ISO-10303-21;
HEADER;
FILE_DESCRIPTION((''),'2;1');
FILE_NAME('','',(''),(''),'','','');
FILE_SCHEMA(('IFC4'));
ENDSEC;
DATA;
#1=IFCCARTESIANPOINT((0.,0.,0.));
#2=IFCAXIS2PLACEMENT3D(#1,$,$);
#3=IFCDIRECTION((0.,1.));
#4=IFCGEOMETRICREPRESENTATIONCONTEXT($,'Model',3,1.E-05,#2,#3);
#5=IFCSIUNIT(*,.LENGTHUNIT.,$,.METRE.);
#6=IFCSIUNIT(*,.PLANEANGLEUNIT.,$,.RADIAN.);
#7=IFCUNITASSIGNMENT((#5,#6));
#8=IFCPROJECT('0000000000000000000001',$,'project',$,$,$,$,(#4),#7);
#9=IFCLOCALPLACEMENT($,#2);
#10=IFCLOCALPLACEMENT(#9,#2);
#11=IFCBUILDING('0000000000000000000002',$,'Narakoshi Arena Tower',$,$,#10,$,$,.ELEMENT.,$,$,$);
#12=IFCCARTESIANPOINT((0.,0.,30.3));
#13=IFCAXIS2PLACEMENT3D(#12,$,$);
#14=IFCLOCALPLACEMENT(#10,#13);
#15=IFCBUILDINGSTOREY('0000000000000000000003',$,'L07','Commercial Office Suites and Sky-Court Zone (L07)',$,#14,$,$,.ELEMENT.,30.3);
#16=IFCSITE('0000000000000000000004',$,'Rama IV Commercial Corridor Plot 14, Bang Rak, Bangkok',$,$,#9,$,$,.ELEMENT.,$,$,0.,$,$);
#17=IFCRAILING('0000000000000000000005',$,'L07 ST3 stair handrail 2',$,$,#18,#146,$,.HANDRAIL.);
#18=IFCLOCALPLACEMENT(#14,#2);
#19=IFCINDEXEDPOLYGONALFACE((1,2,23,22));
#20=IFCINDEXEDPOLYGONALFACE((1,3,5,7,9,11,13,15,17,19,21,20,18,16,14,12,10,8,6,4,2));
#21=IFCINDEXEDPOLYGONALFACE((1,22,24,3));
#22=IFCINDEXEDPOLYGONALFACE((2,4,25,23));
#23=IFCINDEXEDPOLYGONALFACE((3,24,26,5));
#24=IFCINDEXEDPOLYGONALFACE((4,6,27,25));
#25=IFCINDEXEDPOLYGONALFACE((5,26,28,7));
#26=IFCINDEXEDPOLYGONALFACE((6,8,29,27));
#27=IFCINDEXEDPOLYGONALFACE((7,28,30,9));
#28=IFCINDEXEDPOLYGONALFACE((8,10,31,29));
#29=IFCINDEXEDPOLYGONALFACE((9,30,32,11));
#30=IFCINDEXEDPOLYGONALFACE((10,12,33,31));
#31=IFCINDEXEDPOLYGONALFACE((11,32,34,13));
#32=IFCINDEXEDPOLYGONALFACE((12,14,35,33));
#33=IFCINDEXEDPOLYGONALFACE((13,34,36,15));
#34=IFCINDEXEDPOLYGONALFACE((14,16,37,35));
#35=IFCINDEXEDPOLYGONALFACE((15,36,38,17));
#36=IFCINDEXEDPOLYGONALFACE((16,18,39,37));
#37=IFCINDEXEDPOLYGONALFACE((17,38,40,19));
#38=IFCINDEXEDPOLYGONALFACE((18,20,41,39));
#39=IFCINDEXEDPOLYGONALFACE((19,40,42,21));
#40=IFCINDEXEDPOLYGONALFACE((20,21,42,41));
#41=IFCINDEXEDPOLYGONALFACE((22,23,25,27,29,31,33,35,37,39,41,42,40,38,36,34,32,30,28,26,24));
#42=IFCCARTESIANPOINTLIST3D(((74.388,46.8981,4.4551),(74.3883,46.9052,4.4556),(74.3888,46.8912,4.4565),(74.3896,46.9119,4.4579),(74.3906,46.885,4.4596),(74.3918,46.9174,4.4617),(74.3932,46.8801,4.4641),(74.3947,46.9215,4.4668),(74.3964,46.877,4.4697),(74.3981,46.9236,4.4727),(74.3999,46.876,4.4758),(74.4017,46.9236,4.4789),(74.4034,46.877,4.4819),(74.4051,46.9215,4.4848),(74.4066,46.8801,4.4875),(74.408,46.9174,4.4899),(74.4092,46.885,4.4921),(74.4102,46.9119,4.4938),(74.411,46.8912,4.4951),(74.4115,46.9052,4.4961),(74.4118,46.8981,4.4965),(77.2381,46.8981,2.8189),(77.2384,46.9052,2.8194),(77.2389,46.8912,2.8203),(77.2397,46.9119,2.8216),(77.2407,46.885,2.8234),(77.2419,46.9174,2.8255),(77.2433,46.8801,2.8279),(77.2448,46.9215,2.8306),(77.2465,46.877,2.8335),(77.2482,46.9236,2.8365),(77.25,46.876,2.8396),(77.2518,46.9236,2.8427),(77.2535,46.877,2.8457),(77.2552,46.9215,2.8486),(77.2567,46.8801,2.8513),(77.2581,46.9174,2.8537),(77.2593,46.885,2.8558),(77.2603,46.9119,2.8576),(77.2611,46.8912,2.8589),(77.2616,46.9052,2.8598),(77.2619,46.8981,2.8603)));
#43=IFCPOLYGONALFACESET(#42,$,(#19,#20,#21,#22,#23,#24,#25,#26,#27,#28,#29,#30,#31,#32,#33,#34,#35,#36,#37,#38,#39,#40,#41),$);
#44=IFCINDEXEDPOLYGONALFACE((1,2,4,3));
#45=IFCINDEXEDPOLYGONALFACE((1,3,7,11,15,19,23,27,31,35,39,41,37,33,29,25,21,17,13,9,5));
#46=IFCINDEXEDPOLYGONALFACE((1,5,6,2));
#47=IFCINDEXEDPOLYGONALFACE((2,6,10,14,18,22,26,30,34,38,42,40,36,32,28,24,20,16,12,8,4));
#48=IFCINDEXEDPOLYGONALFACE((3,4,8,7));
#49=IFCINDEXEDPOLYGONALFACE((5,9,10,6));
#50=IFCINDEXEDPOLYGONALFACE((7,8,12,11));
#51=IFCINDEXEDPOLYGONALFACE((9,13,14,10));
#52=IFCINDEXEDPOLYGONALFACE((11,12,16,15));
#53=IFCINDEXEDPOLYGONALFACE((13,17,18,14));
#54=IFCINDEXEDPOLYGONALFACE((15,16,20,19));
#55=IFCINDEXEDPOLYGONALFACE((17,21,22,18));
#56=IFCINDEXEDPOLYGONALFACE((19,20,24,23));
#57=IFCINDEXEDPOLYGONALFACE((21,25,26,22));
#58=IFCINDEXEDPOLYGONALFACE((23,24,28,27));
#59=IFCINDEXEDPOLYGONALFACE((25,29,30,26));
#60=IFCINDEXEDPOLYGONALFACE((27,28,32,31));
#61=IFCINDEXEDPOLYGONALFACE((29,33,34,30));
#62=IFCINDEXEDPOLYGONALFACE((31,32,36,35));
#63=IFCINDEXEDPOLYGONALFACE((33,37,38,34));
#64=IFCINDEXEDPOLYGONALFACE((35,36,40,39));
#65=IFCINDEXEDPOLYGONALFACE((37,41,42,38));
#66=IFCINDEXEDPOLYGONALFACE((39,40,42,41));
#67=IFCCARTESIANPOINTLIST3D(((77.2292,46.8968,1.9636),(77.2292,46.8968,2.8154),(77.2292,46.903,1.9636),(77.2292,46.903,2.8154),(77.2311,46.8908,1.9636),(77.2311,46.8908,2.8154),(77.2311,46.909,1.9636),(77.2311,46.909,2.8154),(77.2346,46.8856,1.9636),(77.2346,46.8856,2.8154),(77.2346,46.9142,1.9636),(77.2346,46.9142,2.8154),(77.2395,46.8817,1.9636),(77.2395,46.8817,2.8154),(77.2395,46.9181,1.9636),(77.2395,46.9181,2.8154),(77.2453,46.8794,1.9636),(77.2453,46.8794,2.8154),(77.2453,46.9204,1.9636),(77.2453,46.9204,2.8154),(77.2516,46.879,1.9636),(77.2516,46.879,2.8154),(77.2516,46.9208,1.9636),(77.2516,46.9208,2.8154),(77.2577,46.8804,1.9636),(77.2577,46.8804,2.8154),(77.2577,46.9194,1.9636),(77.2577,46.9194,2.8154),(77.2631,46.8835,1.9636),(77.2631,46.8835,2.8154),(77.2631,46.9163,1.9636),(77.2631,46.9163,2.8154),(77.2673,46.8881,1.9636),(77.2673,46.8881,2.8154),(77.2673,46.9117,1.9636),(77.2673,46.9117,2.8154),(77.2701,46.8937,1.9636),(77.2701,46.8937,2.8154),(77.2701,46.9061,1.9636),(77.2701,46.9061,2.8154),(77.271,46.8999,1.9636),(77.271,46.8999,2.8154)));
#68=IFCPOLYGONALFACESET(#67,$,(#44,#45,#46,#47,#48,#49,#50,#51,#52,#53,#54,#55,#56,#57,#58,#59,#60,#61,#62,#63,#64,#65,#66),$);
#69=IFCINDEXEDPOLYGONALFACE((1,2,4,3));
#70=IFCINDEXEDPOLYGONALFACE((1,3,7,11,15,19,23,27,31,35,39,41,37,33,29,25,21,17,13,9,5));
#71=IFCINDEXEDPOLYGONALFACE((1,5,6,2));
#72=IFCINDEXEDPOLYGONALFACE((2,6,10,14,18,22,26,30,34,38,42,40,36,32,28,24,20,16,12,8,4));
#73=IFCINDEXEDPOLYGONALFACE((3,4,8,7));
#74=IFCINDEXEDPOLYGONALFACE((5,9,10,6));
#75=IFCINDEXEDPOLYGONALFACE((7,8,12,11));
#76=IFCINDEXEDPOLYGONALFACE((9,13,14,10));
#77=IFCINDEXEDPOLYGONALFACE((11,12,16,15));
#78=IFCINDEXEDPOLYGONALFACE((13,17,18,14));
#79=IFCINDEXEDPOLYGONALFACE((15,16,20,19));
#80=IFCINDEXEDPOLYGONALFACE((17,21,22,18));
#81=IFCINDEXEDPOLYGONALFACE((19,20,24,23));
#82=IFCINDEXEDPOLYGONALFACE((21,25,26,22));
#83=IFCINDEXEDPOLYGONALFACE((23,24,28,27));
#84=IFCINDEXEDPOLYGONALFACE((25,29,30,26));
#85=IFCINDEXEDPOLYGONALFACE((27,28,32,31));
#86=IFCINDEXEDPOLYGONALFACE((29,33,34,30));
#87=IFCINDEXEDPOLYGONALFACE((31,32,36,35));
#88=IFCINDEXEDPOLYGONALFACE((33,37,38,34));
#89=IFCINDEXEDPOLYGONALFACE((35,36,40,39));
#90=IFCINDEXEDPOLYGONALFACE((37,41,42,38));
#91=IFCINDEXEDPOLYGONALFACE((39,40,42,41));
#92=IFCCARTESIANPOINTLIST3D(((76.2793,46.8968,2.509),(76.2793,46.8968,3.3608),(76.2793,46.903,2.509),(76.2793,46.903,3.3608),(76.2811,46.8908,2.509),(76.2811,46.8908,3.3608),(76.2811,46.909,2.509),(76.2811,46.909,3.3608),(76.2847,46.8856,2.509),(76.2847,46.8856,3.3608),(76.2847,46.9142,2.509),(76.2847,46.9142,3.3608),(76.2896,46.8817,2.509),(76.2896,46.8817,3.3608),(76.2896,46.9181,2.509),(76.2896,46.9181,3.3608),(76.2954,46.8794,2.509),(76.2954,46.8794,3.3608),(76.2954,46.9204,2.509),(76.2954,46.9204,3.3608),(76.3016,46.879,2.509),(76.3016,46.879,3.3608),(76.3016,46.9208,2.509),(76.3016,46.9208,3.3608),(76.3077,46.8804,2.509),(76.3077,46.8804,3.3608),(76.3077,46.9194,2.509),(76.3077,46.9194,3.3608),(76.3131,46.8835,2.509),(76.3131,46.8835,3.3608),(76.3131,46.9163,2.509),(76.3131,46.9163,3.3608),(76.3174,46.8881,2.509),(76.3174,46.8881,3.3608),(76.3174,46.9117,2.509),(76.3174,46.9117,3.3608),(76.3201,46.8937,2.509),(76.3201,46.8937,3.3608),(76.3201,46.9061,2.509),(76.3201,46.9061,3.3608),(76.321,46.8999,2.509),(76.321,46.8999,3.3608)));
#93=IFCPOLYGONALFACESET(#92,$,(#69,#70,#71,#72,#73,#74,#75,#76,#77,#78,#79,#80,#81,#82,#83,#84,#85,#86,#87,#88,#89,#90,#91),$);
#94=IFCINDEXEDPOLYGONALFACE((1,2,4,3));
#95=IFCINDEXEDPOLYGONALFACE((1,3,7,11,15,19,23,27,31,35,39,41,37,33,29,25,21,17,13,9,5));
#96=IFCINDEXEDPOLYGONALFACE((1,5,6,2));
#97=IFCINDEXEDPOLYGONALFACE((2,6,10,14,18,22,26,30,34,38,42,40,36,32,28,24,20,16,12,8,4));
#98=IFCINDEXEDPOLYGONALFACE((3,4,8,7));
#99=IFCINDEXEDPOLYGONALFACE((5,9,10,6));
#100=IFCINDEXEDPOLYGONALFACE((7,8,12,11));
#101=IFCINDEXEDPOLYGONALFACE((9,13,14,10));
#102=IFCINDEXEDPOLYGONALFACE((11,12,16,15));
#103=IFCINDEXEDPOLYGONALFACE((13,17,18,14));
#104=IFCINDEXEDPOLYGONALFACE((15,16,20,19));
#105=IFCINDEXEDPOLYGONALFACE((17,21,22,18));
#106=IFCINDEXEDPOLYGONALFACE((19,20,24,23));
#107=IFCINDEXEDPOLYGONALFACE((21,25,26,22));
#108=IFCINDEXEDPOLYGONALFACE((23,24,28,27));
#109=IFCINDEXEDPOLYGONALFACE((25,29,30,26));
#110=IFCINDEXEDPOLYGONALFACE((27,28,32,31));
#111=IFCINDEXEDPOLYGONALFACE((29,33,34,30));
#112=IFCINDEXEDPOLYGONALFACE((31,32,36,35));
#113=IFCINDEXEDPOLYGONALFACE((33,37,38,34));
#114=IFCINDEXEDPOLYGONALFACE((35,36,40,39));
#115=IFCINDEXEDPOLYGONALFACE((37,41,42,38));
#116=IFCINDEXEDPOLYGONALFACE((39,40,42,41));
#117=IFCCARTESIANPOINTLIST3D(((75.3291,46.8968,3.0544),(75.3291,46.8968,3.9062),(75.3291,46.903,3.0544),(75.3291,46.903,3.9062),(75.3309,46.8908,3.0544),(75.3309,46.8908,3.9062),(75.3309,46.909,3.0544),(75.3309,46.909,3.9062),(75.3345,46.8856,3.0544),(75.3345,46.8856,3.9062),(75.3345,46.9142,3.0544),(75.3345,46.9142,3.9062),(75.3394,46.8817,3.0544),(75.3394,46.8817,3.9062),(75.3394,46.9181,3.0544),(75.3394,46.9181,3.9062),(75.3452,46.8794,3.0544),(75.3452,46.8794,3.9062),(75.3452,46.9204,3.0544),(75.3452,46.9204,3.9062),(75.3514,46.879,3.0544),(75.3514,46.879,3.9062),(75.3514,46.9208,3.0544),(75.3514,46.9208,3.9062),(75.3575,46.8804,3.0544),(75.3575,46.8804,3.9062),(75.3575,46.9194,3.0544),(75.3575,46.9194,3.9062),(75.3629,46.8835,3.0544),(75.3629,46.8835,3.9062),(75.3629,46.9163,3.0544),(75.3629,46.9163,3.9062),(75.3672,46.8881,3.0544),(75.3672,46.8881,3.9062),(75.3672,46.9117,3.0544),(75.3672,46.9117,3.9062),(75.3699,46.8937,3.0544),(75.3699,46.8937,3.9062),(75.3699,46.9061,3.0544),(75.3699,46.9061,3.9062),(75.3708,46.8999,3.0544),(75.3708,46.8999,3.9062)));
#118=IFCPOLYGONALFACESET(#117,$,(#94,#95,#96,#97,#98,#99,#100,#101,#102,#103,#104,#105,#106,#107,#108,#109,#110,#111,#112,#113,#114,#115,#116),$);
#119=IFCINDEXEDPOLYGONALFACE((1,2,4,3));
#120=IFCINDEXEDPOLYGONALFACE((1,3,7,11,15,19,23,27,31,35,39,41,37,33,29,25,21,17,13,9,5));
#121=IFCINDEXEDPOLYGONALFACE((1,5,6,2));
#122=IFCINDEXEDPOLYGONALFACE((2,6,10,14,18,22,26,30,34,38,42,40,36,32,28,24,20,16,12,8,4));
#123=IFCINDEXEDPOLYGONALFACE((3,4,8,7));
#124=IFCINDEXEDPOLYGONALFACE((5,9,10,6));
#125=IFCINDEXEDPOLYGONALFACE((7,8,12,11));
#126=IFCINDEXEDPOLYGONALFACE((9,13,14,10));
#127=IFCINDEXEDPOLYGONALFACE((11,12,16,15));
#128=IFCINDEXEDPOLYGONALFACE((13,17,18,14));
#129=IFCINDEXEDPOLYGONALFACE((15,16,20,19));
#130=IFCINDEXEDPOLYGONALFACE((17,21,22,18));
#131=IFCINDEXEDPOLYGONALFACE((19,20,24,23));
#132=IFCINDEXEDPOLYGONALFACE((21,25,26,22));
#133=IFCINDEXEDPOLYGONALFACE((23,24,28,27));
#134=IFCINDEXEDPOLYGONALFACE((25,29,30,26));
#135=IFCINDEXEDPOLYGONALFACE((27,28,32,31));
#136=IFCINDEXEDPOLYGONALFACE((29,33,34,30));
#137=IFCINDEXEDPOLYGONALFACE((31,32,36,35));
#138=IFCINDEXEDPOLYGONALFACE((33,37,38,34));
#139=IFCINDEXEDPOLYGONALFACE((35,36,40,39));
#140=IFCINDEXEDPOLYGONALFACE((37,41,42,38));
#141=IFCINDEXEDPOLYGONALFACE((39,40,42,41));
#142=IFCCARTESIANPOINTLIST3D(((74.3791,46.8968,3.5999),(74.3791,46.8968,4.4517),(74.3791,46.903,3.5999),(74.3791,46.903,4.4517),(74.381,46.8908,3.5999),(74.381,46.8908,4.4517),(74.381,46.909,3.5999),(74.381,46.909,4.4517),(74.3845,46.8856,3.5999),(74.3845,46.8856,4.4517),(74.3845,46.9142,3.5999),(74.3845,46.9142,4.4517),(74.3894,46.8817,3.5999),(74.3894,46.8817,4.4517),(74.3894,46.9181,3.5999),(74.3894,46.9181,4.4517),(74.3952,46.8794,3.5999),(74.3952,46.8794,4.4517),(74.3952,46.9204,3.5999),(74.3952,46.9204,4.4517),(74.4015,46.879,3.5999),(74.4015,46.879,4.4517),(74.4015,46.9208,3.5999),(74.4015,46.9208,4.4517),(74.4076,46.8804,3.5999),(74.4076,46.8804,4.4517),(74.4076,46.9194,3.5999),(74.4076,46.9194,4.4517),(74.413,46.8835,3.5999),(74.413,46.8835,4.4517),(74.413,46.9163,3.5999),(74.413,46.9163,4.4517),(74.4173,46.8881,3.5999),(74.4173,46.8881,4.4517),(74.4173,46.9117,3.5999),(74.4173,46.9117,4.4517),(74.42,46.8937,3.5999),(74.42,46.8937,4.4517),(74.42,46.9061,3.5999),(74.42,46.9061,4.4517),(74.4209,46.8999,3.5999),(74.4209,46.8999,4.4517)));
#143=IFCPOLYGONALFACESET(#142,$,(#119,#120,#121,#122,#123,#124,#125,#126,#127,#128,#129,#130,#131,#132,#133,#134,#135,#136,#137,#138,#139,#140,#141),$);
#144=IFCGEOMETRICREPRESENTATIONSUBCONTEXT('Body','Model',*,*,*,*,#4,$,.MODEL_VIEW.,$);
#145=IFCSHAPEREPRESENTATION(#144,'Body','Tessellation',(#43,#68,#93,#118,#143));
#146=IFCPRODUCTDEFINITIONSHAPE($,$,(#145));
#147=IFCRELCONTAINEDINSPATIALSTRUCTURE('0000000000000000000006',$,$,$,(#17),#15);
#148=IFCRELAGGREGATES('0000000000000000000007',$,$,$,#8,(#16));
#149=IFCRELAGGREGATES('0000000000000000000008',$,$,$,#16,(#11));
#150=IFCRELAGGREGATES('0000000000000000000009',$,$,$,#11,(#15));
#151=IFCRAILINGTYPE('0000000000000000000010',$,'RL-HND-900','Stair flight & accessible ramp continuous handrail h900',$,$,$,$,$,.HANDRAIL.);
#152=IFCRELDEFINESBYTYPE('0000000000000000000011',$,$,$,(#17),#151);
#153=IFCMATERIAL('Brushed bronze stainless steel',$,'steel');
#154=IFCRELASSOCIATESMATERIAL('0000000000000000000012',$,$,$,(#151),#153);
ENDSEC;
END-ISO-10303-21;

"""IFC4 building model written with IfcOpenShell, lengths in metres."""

from ifc_helpers import new_model, si_unit, direction, frame, origin, origin_2d, place, context, subcontext, project, spatial, circle, extrude, material, type_object, element, save


model = new_model("IFC4")

# Units and contexts
model_context = context("Model", 3, precision=1e-05, world=origin(), true_north=direction((0.0, 1.0)))
body_context = subcontext(model_context, "Body", "Model", "MODEL_VIEW")
ifc_project = project(units=[si_unit("LENGTHUNIT", "METRE"), si_unit("PLANEANGLEUNIT", "RADIAN")], contexts=[model_context])

# Site, building, storey
site_placement = place(None, origin())
site = spatial("IfcSite", under=ifc_project, at=site_placement, Name="Rama IV Commercial Corridor Plot 14, Bang Rak, Bangkok", CompositionType="ELEMENT", RefElevation=0.0)
building_placement = place(site_placement, origin())
building = spatial("IfcBuilding", under=site, at=building_placement, Name="Narakoshi Arena Tower", CompositionType="ELEMENT")
storey_placement = place(building_placement, frame((0.0, 0.0, 30.3)))
storey = spatial("IfcBuildingStorey", under=building, at=storey_placement, Name="L07", Description="Commercial Office Suites and Sky-Court Zone (L07)", CompositionType="ELEMENT", Elevation=30.3)

# Shared definitions
ifc_material_1 = material(Name="Brushed bronze stainless steel", Category="steel")

# Railing
railing_type_1 = type_object("IfcRailingType", Name="RL-HND-900", Description="Stair flight & accessible ramp continuous handrail h900", PredefinedType="HANDRAIL", material=ifc_material_1)
railing_1_placement = place(storey_placement, frame((77.25, 46.8999, 1.9636)))
element("IfcRailing", 1, at=railing_1_placement, inside=storey, type_object=railing_type_1, Name="L07 ST3 stair handrail 2", PredefinedType="HANDRAIL", context=body_context, shape_type="SweptSolid", body=[
    extrude(circle(Radius=0.0239, at=origin_2d()), frame((0.0, 0.0, 0.876), z_axis=(-0.867245, 0.0, 0.497882), x_axis=(0.0, -1.0, 0.0)), (0.0, 0.0, 1.0), 3.2864),
    extrude(circle(Radius=0.021, at=origin_2d()), origin(), (0.0, 0.0, 1.0), 0.8518),
    extrude(circle(Radius=0.021, at=origin_2d()), frame((-0.95, 0.0, 0.5454)), (0.0, 0.0, 1.0), 0.8518),
    extrude(circle(Radius=0.021, at=origin_2d()), frame((-1.9001, 0.0, 1.0908)), (0.0, 0.0, 1.0), 0.8518),
    extrude(circle(Radius=0.021, at=origin_2d()), frame((-2.8501, 0.0, 1.6362)), (0.0, 0.0, 1.0), 0.8518),
])

save(model, "model.ifc")
